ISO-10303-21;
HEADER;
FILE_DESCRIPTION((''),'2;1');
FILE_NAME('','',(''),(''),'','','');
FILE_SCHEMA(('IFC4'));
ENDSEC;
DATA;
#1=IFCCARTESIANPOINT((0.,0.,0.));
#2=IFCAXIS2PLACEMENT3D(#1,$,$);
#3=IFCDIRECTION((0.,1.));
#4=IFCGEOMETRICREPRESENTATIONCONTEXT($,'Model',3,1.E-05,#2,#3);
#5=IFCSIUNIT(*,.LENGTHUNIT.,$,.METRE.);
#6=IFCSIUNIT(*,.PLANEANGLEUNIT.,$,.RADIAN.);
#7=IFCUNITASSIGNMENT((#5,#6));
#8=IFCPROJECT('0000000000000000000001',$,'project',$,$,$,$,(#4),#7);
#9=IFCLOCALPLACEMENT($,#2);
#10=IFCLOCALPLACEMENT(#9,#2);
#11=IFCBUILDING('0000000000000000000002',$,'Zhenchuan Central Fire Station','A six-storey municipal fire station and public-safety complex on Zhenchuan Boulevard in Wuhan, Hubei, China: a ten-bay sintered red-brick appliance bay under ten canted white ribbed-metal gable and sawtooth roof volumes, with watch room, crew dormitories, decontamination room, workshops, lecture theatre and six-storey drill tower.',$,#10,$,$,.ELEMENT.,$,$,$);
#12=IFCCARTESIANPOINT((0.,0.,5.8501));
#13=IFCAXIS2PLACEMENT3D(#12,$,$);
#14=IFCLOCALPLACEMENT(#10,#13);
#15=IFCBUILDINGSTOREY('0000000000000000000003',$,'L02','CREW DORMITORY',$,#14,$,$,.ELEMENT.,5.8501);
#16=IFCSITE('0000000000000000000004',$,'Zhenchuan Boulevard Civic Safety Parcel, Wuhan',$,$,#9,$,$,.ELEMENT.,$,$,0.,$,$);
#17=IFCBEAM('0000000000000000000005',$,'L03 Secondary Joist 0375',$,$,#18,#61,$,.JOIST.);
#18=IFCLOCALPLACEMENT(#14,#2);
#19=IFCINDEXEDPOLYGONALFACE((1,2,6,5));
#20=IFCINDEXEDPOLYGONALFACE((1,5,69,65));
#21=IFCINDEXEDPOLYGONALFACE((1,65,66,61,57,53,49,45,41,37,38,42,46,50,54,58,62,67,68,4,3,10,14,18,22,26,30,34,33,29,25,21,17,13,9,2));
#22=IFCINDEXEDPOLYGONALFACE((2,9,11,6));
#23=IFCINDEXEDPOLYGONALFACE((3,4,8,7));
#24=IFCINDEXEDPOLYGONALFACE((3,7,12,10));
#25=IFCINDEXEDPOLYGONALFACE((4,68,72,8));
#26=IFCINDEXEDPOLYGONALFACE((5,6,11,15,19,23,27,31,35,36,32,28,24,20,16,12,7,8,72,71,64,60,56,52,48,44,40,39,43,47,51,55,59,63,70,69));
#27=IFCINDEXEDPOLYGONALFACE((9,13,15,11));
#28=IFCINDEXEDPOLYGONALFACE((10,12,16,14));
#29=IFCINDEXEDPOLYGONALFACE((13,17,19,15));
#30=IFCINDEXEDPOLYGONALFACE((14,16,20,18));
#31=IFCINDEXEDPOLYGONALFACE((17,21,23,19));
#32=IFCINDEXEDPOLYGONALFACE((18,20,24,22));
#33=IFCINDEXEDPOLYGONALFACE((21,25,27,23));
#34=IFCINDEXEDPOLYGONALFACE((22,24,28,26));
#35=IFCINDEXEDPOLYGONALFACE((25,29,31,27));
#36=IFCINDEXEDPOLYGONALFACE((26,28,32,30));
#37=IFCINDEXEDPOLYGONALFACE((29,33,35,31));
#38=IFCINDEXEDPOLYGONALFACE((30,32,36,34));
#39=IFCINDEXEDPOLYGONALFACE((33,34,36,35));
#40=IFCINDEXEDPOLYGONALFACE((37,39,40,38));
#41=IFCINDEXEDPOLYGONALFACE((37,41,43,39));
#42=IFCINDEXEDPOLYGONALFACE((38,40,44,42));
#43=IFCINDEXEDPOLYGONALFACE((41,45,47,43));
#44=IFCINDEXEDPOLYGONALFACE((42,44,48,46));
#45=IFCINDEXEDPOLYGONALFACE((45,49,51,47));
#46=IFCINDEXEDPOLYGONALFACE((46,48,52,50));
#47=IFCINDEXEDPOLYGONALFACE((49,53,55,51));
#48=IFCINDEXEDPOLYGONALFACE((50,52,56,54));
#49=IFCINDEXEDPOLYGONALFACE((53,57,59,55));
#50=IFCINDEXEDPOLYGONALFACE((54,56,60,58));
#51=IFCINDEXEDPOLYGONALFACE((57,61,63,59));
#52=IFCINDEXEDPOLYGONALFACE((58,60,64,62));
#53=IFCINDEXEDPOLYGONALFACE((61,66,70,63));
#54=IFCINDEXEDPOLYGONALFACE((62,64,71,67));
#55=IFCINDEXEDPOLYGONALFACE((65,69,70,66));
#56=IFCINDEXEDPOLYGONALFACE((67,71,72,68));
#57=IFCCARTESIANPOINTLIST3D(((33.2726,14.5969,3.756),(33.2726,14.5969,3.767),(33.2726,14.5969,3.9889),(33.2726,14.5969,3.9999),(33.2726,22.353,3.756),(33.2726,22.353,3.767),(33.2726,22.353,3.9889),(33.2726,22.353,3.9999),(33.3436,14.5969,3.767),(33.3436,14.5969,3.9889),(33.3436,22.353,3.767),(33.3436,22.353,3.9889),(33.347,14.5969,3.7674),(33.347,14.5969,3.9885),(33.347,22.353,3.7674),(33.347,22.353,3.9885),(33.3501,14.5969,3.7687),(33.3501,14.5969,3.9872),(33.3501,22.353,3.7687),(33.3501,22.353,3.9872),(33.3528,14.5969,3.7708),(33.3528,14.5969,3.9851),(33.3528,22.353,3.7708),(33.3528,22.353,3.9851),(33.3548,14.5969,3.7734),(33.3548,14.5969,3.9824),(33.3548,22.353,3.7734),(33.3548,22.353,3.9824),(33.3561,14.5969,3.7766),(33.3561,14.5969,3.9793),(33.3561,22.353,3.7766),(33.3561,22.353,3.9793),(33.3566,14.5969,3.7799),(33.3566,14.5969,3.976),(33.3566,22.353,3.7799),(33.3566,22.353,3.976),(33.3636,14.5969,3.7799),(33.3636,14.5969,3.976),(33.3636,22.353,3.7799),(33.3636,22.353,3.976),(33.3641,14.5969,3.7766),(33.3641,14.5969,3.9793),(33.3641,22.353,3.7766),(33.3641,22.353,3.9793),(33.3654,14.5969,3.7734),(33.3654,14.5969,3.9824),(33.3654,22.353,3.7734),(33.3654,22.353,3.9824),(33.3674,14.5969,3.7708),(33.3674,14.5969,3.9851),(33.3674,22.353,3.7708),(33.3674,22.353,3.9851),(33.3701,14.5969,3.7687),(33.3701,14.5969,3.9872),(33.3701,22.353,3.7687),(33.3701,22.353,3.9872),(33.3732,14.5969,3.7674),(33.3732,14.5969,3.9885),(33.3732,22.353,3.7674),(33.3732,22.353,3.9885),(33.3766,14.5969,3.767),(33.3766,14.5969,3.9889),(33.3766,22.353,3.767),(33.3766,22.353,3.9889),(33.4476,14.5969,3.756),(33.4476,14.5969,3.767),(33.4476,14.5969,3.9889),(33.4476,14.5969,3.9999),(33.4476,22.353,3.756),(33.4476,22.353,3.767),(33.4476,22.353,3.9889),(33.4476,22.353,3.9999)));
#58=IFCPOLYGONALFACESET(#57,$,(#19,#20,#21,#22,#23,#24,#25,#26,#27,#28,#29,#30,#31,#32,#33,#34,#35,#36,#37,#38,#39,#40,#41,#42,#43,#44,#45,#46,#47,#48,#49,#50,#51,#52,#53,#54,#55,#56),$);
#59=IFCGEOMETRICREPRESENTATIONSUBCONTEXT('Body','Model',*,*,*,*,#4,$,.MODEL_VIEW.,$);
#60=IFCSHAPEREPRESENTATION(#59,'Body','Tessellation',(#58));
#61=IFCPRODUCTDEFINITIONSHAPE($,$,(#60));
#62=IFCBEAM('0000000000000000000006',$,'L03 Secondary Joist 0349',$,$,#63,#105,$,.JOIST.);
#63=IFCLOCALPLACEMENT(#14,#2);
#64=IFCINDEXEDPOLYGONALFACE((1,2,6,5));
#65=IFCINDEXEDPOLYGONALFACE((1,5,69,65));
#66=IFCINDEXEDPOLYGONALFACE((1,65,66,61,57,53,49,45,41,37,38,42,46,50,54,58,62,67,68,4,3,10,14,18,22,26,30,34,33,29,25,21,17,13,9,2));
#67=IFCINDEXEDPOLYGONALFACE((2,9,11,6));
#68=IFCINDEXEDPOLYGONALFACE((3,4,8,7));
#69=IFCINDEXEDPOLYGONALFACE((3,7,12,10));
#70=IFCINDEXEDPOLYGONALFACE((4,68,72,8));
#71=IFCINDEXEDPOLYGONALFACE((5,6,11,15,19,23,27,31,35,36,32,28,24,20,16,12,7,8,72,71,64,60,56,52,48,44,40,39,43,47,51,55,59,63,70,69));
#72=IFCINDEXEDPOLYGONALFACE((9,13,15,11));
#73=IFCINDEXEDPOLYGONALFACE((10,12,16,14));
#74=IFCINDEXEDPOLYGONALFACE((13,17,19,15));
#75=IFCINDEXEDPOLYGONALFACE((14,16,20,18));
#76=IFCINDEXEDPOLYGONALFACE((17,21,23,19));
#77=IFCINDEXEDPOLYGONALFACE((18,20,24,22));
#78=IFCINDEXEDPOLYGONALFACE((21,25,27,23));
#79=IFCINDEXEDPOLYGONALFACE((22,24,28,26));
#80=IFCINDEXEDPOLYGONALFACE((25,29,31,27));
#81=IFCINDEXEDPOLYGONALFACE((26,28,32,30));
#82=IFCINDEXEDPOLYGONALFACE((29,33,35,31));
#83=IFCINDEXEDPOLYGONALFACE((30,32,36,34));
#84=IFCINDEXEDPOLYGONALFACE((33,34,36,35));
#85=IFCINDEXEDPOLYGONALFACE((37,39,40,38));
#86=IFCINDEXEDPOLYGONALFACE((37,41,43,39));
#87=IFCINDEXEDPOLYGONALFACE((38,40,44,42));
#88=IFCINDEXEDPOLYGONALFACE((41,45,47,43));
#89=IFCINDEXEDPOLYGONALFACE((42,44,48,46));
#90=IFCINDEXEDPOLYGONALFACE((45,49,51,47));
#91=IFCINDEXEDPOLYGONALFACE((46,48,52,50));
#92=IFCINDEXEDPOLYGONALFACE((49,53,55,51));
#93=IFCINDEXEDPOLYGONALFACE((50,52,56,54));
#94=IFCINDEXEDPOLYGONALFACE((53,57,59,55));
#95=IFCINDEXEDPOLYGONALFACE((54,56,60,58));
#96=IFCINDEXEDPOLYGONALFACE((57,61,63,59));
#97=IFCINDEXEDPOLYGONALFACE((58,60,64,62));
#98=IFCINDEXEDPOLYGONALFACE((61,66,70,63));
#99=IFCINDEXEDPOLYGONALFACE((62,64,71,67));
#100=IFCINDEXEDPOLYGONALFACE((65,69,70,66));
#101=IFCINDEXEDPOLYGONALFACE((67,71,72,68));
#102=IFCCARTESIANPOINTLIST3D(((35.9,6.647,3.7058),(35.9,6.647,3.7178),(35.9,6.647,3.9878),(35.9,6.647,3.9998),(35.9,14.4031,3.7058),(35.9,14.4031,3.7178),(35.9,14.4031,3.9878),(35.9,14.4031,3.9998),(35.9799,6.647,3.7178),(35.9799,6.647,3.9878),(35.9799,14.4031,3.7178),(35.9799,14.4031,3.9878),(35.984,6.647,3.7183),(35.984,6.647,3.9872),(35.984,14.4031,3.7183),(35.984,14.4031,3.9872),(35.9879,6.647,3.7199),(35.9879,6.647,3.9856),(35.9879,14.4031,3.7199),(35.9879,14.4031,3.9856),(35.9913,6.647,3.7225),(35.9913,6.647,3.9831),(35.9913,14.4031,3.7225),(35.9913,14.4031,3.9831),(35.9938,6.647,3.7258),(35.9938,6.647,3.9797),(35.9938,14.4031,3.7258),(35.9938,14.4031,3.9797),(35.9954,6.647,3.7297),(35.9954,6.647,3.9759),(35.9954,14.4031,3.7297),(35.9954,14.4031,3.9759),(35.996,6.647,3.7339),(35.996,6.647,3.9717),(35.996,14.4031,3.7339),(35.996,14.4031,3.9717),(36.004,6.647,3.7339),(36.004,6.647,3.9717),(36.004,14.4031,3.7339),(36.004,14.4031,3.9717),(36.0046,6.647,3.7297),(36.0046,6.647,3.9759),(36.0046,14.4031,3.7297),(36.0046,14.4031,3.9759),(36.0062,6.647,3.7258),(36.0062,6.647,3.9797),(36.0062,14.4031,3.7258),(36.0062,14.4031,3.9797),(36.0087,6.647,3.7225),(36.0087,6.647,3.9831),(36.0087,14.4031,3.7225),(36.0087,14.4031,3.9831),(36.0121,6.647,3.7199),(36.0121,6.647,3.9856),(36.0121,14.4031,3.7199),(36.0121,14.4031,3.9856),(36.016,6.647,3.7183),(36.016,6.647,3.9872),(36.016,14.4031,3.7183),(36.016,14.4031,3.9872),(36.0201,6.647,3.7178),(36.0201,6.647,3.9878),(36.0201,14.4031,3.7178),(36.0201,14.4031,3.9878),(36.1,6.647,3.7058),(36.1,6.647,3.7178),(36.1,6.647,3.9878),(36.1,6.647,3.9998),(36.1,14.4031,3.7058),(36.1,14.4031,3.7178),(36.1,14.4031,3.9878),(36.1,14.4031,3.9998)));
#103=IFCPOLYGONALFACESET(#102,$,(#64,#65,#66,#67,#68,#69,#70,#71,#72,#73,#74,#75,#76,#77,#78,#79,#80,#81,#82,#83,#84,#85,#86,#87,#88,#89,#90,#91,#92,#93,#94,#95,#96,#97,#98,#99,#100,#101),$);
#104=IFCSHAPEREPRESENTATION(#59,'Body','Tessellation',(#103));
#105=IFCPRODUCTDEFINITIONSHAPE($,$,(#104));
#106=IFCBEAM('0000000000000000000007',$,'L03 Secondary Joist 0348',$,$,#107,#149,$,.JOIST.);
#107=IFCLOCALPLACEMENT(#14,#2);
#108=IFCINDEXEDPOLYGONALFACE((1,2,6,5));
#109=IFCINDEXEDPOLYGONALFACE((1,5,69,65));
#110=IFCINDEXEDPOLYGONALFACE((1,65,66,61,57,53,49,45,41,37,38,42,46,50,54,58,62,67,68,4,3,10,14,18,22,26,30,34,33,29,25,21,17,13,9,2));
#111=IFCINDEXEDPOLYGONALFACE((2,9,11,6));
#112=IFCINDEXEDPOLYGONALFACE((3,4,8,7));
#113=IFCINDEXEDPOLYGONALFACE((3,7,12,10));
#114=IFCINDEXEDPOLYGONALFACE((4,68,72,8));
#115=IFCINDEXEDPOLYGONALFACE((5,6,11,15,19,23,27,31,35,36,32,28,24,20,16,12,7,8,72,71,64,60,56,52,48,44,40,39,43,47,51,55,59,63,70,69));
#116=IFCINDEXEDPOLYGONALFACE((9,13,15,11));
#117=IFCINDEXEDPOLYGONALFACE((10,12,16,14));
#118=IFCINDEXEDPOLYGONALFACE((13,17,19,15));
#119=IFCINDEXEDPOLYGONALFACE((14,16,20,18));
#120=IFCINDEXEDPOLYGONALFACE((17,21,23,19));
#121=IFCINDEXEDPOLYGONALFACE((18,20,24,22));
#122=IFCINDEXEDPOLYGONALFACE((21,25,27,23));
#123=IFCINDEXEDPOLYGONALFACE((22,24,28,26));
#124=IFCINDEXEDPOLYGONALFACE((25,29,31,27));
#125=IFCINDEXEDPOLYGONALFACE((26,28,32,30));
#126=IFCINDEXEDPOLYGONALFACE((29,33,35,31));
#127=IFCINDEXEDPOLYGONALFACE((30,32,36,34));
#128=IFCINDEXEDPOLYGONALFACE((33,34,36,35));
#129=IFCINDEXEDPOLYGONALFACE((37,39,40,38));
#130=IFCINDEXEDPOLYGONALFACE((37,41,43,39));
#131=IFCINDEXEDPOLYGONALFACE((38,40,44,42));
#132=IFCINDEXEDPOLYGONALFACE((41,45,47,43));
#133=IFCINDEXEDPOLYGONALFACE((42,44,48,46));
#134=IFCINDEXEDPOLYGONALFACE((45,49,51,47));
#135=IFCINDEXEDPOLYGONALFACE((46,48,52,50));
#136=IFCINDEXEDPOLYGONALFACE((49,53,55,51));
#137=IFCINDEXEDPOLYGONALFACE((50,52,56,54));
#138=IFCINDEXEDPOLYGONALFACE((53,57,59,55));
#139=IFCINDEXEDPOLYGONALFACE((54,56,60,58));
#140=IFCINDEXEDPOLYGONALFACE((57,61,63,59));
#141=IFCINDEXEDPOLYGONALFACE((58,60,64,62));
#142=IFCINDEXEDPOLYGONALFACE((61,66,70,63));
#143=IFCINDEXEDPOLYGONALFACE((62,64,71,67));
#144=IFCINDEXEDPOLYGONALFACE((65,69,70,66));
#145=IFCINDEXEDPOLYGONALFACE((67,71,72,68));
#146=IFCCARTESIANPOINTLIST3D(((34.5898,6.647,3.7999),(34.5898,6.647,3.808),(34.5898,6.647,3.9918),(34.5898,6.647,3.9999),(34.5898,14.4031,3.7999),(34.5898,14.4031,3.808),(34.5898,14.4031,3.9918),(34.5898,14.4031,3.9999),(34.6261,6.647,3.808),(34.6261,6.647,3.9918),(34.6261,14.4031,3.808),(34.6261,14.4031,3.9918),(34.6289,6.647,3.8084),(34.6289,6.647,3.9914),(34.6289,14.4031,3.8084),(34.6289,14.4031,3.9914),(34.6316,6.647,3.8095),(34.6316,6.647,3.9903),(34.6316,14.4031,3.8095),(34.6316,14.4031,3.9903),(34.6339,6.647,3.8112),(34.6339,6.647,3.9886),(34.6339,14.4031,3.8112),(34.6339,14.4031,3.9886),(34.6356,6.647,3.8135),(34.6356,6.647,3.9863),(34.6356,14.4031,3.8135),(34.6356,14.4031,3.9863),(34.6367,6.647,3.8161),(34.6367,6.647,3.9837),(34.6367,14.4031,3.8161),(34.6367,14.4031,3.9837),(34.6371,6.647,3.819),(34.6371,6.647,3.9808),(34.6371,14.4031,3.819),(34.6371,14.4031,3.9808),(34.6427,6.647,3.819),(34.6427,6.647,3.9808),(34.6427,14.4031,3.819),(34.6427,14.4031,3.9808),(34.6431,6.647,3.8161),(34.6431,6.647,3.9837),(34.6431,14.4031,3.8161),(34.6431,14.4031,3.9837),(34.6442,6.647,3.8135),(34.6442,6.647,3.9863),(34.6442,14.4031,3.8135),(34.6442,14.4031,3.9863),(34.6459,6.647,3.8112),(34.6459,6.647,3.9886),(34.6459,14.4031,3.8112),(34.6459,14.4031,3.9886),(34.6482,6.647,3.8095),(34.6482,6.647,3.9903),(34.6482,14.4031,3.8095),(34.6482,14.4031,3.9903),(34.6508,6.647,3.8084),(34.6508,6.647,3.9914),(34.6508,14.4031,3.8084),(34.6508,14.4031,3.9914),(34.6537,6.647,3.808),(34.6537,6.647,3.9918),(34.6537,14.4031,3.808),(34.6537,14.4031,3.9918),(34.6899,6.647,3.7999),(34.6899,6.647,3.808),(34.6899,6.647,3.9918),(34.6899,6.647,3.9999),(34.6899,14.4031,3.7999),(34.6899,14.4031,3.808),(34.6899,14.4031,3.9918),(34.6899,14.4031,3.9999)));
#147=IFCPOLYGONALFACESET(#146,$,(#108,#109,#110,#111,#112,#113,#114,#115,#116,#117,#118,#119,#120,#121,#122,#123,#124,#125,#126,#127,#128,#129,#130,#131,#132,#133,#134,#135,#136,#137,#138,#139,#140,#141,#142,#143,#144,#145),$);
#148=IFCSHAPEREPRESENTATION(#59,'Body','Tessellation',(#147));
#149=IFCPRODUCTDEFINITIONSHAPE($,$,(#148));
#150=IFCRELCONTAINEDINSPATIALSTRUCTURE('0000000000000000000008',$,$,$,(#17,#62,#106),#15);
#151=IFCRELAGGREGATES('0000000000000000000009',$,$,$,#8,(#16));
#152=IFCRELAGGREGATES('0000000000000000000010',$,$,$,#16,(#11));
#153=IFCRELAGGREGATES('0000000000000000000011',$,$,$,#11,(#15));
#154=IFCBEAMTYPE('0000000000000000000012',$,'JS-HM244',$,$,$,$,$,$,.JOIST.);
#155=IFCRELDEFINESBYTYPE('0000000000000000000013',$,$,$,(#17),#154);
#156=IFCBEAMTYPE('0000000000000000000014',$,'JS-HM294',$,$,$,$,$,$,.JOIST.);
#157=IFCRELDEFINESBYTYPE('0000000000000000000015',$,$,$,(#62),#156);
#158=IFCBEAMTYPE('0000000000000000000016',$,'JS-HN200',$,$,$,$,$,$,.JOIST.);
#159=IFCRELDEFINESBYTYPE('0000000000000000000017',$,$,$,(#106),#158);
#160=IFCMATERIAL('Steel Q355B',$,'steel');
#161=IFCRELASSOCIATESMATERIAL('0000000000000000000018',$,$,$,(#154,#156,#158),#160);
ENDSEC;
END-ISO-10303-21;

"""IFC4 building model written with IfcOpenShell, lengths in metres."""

from ifc_helpers import new_model, si_unit, direction, frame, origin, origin_2d, place, context, subcontext, project, spatial, i_section, extrude, material, material_profile, profile_set, type_object, element, save


model = new_model("IFC4")

# Units and contexts
model_context = context("Model", 3, precision=1e-05, world=origin(), true_north=direction((0.0, 1.0)))
body_context = subcontext(model_context, "Body", "Model", "MODEL_VIEW")
ifc_project = project(units=[si_unit("LENGTHUNIT", "METRE"), si_unit("PLANEANGLEUNIT", "RADIAN")], contexts=[model_context])

# Site, building, storey
site_placement = place(None, origin())
site = spatial("IfcSite", under=ifc_project, at=site_placement, Name="Zhenchuan Boulevard Civic Safety Parcel, Wuhan", CompositionType="ELEMENT", RefElevation=0.0)
building_placement = place(site_placement, origin())
building = spatial("IfcBuilding", under=site, at=building_placement, Name="Zhenchuan Central Fire Station", Description="A six-storey municipal fire station and public-safety complex on Zhenchuan Boulevard in Wuhan, Hubei, China: a ten-bay sintered red-brick appliance bay under ten canted white ribbed-metal gable and sawtooth roof volumes, with watch room, crew dormitories, decontamination room, workshops, lecture theatre and six-storey drill tower.", CompositionType="ELEMENT")
storey_placement = place(building_placement, frame((0.0, 0.0, 5.8501)))
storey = spatial("IfcBuildingStorey", under=building, at=storey_placement, Name="L02", Description="CREW DORMITORY", CompositionType="ELEMENT", Elevation=5.8501)

# Shared definitions
ifc_material_1 = material(Name="Steel Q355B", Category="steel")

# Beams
ifc_material_profile_1 = material_profile(ifc_material_1, i_section(OverallWidth=0.175, OverallDepth=0.2439, WebThickness=0.0071, FlangeThickness=0.011, FilletRadius=0.0129, at=origin_2d()), Name="HM 244x175")
ifc_profile_set_1 = profile_set([ifc_material_profile_1], Name="Steel Q355B")
beam_type_1 = type_object("IfcBeamType", Name="JS-HM244", PredefinedType="JOIST", material=ifc_profile_set_1)
beam_1_placement = place(storey_placement, frame((33.3601, 14.5969, 3.8779), z_axis=(0.0, 1.0, 0.0), x_axis=(-1.0, 0.0, 0.0)))
element("IfcBeam", 1, at=beam_1_placement, inside=storey, type_object=beam_type_1, Name="L03 Secondary Joist 0375", PredefinedType="JOIST", context=body_context, shape_type="SweptSolid", body=[
    extrude(i_section(OverallWidth=0.175, OverallDepth=0.2439, WebThickness=0.0071, FlangeThickness=0.011, FilletRadius=0.0129, at=origin_2d()), origin(), (0.0, 0.0, 1.0), 7.7561),
])
ifc_material_profile_2 = material_profile(ifc_material_1, i_section(OverallWidth=0.2, OverallDepth=0.2939, WebThickness=0.0081, FlangeThickness=0.012, FilletRadius=0.0161, at=origin_2d()), Name="HM 294x200")
ifc_profile_set_2 = profile_set([ifc_material_profile_2], Name="Steel Q355B")
beam_type_2 = type_object("IfcBeamType", Name="JS-HM294", PredefinedType="JOIST", material=ifc_profile_set_2)
beam_2_placement = place(storey_placement, frame((36.0, 6.647, 3.8528), z_axis=(0.0, 1.0, 0.0), x_axis=(-1.0, 0.0, 0.0)))
element("IfcBeam", 2, at=beam_2_placement, inside=storey, type_object=beam_type_2, Name="L03 Secondary Joist 0349", PredefinedType="JOIST", context=body_context, shape_type="SweptSolid", body=[
    extrude(i_section(OverallWidth=0.2, OverallDepth=0.2939, WebThickness=0.0081, FlangeThickness=0.012, FilletRadius=0.0161, at=origin_2d()), origin(), (0.0, 0.0, 1.0), 7.7561),
])
ifc_material_profile_3 = material_profile(ifc_material_1, i_section(OverallWidth=0.1001, OverallDepth=0.2, WebThickness=0.0056, FlangeThickness=0.0081, FilletRadius=0.011, at=origin_2d()), Name="HN 200x100")
ifc_profile_set_3 = profile_set([ifc_material_profile_3], Name="Steel Q355B")
beam_type_3 = type_object("IfcBeamType", Name="JS-HN200", PredefinedType="JOIST", material=ifc_profile_set_3)
beam_3_placement = place(storey_placement, frame((34.6399, 6.647, 3.8999), z_axis=(0.0, 1.0, 0.0), x_axis=(-1.0, 0.0, 0.0)))
element("IfcBeam", 3, at=beam_3_placement, inside=storey, type_object=beam_type_3, Name="L03 Secondary Joist 0348", PredefinedType="JOIST", context=body_context, shape_type="SweptSolid", body=[
    extrude(i_section(OverallWidth=0.1001, OverallDepth=0.2, WebThickness=0.0056, FlangeThickness=0.0081, FilletRadius=0.011, at=origin_2d()), origin(), (0.0, 0.0, 1.0), 7.7561),
])

save(model, "model.ifc")
